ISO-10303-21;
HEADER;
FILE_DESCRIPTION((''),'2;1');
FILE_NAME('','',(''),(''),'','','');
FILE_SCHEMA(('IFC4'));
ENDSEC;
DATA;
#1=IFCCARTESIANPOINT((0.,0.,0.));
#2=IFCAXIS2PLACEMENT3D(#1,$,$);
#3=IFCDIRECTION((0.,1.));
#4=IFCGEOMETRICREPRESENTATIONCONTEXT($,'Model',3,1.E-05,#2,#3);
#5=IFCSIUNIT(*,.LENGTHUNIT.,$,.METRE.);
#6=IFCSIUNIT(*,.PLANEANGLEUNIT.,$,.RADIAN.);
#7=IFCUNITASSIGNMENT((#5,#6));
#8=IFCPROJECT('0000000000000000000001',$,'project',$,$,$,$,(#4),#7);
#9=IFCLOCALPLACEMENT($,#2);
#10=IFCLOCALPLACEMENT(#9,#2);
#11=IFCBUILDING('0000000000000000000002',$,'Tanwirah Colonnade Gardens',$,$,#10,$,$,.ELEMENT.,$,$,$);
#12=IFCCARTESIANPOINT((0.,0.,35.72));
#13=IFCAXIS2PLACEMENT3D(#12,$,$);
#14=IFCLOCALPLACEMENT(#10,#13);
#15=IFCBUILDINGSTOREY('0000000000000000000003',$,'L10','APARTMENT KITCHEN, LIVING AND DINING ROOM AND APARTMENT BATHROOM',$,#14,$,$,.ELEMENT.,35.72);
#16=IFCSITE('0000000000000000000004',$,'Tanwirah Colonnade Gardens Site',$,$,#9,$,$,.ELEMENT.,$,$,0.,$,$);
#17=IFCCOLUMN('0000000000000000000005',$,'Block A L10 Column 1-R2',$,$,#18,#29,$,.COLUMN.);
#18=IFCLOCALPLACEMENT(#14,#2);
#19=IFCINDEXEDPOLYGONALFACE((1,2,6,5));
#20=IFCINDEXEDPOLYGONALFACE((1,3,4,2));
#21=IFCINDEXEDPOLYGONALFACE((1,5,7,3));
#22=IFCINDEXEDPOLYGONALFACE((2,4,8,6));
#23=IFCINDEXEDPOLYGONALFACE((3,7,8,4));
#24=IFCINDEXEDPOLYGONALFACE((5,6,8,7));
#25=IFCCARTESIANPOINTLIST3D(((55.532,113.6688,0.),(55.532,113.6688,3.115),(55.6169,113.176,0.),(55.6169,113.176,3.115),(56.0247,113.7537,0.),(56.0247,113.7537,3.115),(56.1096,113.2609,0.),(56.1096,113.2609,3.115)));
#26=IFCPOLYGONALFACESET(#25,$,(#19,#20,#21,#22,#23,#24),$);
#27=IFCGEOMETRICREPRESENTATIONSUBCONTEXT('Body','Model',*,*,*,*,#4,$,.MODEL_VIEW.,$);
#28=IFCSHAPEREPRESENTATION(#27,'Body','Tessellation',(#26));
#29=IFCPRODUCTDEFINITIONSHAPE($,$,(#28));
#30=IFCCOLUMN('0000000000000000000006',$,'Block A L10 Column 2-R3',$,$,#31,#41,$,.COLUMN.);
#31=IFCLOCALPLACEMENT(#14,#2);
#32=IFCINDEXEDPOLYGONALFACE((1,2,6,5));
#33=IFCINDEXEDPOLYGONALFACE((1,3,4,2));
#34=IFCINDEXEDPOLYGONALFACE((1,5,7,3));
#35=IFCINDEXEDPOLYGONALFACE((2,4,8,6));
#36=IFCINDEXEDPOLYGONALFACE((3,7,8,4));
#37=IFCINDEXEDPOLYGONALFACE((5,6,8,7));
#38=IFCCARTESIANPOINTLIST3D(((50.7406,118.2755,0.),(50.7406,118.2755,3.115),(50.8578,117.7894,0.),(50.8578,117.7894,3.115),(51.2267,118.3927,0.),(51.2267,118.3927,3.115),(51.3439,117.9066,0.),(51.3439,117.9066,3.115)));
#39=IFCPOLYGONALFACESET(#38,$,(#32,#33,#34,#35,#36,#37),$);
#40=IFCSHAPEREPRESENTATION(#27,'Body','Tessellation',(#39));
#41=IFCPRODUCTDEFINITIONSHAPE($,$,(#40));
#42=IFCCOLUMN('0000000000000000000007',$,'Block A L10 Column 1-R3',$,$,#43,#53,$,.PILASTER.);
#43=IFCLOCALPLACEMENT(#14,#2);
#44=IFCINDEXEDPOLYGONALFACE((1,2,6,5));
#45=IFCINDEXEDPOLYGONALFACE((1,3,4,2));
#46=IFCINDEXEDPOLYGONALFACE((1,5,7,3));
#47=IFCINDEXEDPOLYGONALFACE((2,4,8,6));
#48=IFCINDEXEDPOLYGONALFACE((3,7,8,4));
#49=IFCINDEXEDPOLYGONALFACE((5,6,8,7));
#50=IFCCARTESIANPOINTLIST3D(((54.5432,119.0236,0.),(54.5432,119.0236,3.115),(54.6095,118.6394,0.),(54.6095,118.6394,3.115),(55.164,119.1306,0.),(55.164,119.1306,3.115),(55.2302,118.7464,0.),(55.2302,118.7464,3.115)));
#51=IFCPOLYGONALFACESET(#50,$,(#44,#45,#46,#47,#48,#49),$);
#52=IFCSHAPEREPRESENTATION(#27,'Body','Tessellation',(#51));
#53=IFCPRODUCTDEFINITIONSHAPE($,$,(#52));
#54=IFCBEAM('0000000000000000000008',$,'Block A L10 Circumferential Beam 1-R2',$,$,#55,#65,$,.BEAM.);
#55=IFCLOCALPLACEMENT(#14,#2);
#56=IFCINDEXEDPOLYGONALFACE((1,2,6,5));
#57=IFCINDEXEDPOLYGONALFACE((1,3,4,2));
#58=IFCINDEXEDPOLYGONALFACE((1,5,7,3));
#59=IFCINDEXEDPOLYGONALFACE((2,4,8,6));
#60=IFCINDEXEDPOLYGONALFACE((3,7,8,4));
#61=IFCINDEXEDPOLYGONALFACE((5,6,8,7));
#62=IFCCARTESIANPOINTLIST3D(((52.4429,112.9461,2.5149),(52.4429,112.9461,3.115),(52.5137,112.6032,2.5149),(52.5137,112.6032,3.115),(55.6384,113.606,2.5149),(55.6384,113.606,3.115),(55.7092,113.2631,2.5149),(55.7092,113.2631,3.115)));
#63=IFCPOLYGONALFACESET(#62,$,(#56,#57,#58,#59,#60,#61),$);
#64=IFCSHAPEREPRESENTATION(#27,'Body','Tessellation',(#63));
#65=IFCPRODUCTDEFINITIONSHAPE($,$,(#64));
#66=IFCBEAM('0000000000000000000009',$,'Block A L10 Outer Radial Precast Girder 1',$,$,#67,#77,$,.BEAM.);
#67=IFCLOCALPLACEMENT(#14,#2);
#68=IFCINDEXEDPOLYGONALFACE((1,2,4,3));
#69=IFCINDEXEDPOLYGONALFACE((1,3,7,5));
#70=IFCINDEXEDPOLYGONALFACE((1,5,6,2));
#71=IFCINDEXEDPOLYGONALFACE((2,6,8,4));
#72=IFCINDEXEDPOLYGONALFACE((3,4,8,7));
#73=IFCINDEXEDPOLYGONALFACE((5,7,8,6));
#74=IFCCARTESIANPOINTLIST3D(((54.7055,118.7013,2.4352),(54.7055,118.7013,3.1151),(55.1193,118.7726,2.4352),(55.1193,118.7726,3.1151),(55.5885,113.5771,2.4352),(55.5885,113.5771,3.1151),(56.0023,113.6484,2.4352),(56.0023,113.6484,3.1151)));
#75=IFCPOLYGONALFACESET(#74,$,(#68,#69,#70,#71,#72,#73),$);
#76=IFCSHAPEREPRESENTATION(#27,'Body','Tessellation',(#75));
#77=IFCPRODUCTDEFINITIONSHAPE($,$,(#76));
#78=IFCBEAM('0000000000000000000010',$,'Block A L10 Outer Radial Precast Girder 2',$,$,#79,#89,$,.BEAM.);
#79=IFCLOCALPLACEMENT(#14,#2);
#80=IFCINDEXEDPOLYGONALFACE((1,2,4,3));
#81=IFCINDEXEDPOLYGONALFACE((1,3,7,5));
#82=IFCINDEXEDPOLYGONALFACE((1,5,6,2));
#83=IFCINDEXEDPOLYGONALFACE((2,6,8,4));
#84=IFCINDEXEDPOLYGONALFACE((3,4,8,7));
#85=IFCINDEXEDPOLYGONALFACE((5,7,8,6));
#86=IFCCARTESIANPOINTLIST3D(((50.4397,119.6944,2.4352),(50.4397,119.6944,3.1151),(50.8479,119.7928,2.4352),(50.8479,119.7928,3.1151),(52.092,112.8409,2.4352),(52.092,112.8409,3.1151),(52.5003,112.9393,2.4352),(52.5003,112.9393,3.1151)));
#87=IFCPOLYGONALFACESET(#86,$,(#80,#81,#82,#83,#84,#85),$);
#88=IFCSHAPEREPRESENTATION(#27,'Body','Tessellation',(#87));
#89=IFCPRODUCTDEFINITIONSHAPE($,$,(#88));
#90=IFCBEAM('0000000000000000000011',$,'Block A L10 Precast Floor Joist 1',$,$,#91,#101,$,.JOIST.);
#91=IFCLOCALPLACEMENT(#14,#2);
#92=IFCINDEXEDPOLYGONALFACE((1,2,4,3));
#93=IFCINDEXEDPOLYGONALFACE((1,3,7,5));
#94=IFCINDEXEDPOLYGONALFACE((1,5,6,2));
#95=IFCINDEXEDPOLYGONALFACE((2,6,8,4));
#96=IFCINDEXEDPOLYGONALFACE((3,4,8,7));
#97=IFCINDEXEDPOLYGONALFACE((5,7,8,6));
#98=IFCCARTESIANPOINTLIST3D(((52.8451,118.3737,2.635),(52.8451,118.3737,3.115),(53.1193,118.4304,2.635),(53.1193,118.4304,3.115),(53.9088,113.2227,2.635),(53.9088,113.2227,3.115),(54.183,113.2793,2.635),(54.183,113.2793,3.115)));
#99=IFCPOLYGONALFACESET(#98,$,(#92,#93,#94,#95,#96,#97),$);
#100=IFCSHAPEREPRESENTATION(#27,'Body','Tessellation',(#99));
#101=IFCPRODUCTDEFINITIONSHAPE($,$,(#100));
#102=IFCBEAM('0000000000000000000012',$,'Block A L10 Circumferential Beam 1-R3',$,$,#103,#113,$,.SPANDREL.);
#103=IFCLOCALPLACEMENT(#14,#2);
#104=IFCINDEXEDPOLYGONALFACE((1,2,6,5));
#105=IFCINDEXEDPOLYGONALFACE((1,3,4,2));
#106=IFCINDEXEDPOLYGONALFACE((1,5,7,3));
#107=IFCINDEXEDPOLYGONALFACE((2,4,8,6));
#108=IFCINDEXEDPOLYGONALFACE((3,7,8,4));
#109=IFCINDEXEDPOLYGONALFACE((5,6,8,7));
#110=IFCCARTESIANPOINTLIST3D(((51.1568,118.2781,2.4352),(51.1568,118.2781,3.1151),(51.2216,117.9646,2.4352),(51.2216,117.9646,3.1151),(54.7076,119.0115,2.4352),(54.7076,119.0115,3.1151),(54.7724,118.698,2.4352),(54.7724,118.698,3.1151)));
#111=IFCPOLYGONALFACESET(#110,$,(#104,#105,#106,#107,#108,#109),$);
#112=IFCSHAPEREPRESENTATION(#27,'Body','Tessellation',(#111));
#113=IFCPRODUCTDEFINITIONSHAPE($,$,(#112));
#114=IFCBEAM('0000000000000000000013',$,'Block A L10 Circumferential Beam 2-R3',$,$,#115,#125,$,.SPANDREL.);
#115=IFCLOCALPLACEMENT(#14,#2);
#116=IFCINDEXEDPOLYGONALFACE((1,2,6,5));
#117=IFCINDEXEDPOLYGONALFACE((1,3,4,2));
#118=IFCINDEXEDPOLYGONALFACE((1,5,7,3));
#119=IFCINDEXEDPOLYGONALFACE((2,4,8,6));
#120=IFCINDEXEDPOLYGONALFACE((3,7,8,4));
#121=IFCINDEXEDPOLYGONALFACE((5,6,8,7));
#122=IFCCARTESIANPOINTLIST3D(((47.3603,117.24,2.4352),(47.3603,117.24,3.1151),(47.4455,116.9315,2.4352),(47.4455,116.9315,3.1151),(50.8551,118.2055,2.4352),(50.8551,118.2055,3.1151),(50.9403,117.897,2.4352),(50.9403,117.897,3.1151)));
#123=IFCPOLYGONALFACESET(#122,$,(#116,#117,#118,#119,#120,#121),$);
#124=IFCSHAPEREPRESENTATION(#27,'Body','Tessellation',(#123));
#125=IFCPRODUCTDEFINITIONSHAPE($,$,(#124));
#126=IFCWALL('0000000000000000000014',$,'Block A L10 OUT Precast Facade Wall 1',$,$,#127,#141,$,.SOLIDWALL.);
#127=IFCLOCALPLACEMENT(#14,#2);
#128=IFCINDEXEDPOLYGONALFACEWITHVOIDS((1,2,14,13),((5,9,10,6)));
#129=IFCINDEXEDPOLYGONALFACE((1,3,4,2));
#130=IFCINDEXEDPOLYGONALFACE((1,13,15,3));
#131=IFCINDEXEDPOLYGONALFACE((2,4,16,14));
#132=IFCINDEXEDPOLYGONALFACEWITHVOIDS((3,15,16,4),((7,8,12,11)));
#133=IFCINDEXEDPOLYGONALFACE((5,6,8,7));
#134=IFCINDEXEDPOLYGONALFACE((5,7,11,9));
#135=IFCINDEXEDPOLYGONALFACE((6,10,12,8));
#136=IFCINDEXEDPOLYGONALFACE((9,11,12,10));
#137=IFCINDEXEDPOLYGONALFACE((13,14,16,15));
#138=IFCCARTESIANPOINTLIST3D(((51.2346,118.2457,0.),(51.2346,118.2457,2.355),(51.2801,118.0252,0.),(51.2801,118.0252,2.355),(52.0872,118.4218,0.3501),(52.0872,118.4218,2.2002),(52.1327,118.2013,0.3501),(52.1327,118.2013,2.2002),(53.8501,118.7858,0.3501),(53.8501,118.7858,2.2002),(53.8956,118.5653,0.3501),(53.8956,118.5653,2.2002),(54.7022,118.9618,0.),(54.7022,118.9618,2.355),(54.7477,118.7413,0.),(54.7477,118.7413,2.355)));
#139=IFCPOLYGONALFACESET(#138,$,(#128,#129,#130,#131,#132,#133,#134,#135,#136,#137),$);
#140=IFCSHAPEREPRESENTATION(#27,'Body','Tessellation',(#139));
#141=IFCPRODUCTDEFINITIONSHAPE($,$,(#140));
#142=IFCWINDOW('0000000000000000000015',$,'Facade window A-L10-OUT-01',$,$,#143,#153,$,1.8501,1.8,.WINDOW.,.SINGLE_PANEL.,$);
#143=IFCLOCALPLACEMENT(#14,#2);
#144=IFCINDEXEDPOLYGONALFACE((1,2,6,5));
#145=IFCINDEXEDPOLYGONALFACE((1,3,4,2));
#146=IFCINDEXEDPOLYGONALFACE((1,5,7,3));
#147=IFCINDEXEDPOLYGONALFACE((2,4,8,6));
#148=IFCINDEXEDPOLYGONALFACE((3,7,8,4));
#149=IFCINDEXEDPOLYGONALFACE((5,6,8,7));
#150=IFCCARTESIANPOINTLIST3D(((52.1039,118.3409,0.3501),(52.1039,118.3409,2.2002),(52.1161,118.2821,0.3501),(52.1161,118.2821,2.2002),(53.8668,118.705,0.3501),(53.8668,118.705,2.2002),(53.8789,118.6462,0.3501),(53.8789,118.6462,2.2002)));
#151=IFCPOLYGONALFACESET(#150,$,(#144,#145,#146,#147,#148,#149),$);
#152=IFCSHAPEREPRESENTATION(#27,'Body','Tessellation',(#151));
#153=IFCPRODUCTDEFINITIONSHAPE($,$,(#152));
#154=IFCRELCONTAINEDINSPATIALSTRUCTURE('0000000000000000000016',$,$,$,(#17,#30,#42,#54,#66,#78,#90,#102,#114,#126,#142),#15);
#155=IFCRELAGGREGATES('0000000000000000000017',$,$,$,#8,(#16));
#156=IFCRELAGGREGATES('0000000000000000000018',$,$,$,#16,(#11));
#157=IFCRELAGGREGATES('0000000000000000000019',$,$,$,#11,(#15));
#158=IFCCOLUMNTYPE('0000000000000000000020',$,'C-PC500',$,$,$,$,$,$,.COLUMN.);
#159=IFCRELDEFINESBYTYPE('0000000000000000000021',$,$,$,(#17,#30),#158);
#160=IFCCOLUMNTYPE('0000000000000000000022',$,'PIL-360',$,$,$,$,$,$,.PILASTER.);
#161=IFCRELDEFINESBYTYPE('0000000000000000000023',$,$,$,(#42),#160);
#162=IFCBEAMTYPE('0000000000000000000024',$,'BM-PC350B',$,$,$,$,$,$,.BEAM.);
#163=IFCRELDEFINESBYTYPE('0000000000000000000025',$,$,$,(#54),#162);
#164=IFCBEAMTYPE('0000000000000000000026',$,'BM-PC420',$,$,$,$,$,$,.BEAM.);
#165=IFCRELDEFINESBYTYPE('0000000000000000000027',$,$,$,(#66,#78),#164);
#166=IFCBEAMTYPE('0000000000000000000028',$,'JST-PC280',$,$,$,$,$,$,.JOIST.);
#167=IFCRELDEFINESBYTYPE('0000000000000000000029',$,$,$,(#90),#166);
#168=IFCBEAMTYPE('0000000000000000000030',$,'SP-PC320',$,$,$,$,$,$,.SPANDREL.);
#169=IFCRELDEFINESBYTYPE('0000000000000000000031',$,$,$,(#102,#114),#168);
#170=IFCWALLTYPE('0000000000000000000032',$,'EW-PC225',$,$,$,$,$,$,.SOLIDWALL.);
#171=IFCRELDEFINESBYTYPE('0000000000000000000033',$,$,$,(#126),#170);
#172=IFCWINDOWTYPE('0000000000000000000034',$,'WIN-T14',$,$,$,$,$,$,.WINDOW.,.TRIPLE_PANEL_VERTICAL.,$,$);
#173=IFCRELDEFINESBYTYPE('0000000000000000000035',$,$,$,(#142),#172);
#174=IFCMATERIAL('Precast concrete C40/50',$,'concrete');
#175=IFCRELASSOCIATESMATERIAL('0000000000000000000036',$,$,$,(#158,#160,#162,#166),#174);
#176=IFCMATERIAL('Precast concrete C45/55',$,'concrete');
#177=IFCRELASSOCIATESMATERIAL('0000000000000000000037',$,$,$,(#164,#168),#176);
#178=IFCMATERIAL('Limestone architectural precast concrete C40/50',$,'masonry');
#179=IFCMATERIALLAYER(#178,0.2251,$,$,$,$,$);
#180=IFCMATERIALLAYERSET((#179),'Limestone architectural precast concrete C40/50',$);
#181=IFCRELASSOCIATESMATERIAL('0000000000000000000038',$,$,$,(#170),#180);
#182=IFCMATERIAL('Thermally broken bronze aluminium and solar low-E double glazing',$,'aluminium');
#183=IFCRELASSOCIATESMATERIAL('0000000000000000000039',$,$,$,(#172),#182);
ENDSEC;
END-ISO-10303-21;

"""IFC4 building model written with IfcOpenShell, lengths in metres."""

from ifc_helpers import new_model, si_unit, direction, frame, frame_2d, origin, origin_2d, place, context, subcontext, project, spatial, rectangle, extrude, material, layer, layer_set, material_profile, profile_set, type_object, element, fill, save


model = new_model("IFC4")

# Units and contexts
model_context = context("Model", 3, precision=1e-05, world=origin(), true_north=direction((0.0, 1.0)))
body_context = subcontext(model_context, "Body", "Model", "MODEL_VIEW")
ifc_project = project(units=[si_unit("LENGTHUNIT", "METRE"), si_unit("PLANEANGLEUNIT", "RADIAN")], contexts=[model_context])

# Site, building, storey
site_placement = place(None, origin())
site = spatial("IfcSite", under=ifc_project, at=site_placement, Name="Tanwirah Colonnade Gardens Site", CompositionType="ELEMENT", RefElevation=0.0)
building_placement = place(site_placement, origin())
building = spatial("IfcBuilding", under=site, at=building_placement, Name="Tanwirah Colonnade Gardens", CompositionType="ELEMENT")
storey_placement = place(building_placement, frame((0.0, 0.0, 35.72)))
storey = spatial("IfcBuildingStorey", under=building, at=storey_placement, Name="L10", Description="APARTMENT KITCHEN, LIVING AND DINING ROOM AND APARTMENT BATHROOM", CompositionType="ELEMENT", Elevation=35.72)

# Columns
ifc_material_1 = material(Name="Precast concrete C40/50", Category="concrete")
ifc_material_profile_1 = material_profile(ifc_material_1, rectangle(XDim=0.5, YDim=0.5, at=origin_2d()), Name="PC-COL 500x500")
ifc_profile_set_1 = profile_set([ifc_material_profile_1], Name="Precast concrete C40/50")
column_type_1 = type_object("IfcColumnType", Name="C-PC500", PredefinedType="COLUMN", material=ifc_profile_set_1)
for number, where, z_axis, x_axis, name in (
    (1, (55.8208, 113.4648, 0.0), (0.0, 0.0, 1.0), (-0.169827, 0.985474, 0.0), "Block A L10 Column 1-R2"),
    (2, (51.0422, 118.0911, 0.0), (0.0, 0.0, 1.0), (-0.234388, 0.972143, 0.0), "Block A L10 Column 2-R3"),
):
    element("IfcColumn", number, at=place(storey_placement, frame(where, z_axis=z_axis, x_axis=x_axis)), inside=storey, type_object=column_type_1, Name=name, PredefinedType="COLUMN", context=body_context, shape_type="SweptSolid", body=[
        extrude(rectangle(XDim=0.5, YDim=0.5, at=origin_2d()), origin(), (0.0, 0.0, 1.0), 3.115),
    ])
ifc_material_profile_2 = material_profile(ifc_material_1, rectangle(XDim=0.3899, YDim=0.6299, at=origin_2d()), Name="PC-PIL 390x630")
ifc_profile_set_2 = profile_set([ifc_material_profile_2], Name="Precast concrete C40/50")
column_type_2 = type_object("IfcColumnType", Name="PIL-360", PredefinedType="PILASTER", material=ifc_profile_set_2)
column_placement = place(storey_placement, frame((54.8867, 118.885, 0.0), z_axis=(0.0, 0.0, 1.0), x_axis=(-0.169827, 0.985474, 0.0)))
element("IfcColumn", 3, at=column_placement, inside=storey, type_object=column_type_2, Name="Block A L10 Column 1-R3", PredefinedType="PILASTER", context=body_context, shape_type="SweptSolid", body=[
    extrude(rectangle(XDim=0.3899, YDim=0.6299, at=origin_2d()), origin(), (0.0, 0.0, 1.0), 3.115),
])

# Beams
ifc_material_profile_3 = material_profile(ifc_material_1, rectangle(XDim=0.3501, YDim=0.6001, at=origin_2d()), Name="PC-BM 350x600")
ifc_profile_set_3 = profile_set([ifc_material_profile_3], Name="Precast concrete C40/50")
beam_type_1 = type_object("IfcBeamType", Name="BM-PC350B", PredefinedType="BEAM", material=ifc_profile_set_3)
beam_1_placement = place(storey_placement, frame((55.6738, 113.4346, 2.8149), z_axis=(-0.979336, -0.202242, 0.0), x_axis=(0.202242, -0.979336, 0.0)))
element("IfcBeam", 4, at=beam_1_placement, inside=storey, type_object=beam_type_1, Name="Block A L10 Circumferential Beam 1-R2", PredefinedType="BEAM", context=body_context, shape_type="SweptSolid", body=[
    extrude(rectangle(XDim=0.3501, YDim=0.6001, at=origin_2d()), origin(), (0.0, 0.0, 1.0), 3.2629),
])
ifc_material_2 = material(Name="Precast concrete C45/55", Category="concrete")
ifc_material_profile_4 = material_profile(ifc_material_2, rectangle(XDim=0.4199, YDim=0.6799, at=origin_2d()), Name="PC-BM 420x680")
ifc_profile_set_4 = profile_set([ifc_material_profile_4], Name="Precast concrete C45/55")
beam_type_2 = type_object("IfcBeamType", Name="BM-PC420", PredefinedType="BEAM", material=ifc_profile_set_4)
beam_2_placement = place(storey_placement, frame((55.7954, 113.6128, 2.7751), z_axis=(-0.169825, 0.985474, 0.0), x_axis=(-0.985474, -0.169825, 0.0)))
element("IfcBeam", 5, at=beam_2_placement, inside=storey, type_object=beam_type_2, Name="Block A L10 Outer Radial Precast Girder 1", PredefinedType="BEAM", context=body_context, shape_type="SweptSolid", body=[
    extrude(rectangle(XDim=0.4199, YDim=0.6799, at=origin_2d()), origin(), (0.0, 0.0, 1.0), 5.1997),
])
beam_3_placement = place(storey_placement, frame((52.2961, 112.8901, 2.7751), z_axis=(-0.234379, 0.972145, 0.0), x_axis=(-0.972145, -0.234379, 0.0)))
element("IfcBeam", 6, at=beam_3_placement, inside=storey, type_object=beam_type_2, Name="Block A L10 Outer Radial Precast Girder 2", PredefinedType="BEAM", context=body_context, shape_type="SweptSolid", body=[
    extrude(rectangle(XDim=0.4199, YDim=0.6799, at=origin_2d()), origin(), (0.0, 0.0, 1.0), 7.0498),
])
ifc_material_profile_5 = material_profile(ifc_material_1, rectangle(XDim=0.28, YDim=0.48, at=origin_2d()), Name="PC-JST 280x480")
ifc_profile_set_5 = profile_set([ifc_material_profile_5], Name="Precast concrete C40/50")
beam_type_3 = type_object("IfcBeamType", Name="JST-PC280", PredefinedType="JOIST", material=ifc_profile_set_5)
beam_4_placement = place(storey_placement, frame((54.0459, 113.251, 2.875), z_axis=(-0.202236, 0.979337, 0.0), x_axis=(-0.979337, -0.202236, 0.0)))
element("IfcBeam", 7, at=beam_4_placement, inside=storey, type_object=beam_type_3, Name="Block A L10 Precast Floor Joist 1", PredefinedType="JOIST", context=body_context, shape_type="SweptSolid", body=[
    extrude(rectangle(XDim=0.28, YDim=0.48, at=origin_2d()), origin(), (0.0, 0.0, 1.0), 5.2598),
])
ifc_material_profile_6 = material_profile(ifc_material_2, rectangle(XDim=0.3201, YDim=0.6799, at=origin_2d()), Name="PC-SP 320x680")
ifc_profile_set_6 = profile_set([ifc_material_profile_6], Name="Precast concrete C45/55")
beam_type_4 = type_object("IfcBeamType", Name="SP-PC320", PredefinedType="SPANDREL", material=ifc_profile_set_6)
for number, where, z_axis, x_axis, name in (
    (8, (54.74, 118.8547, 2.7751), (-0.979329, -0.202276, 0.0), (0.202276, -0.979329, 0.0), "Block A L10 Circumferential Beam 1-R3"),
    (9, (50.8977, 118.0513, 2.7751), (-0.963888, -0.266307, 0.0), (0.266307, -0.963888, 0.0), "Block A L10 Circumferential Beam 2-R3"),
):
    element("IfcBeam", number, at=place(storey_placement, frame(where, z_axis=z_axis, x_axis=x_axis)), inside=storey, type_object=beam_type_4, Name=name, PredefinedType="SPANDREL", context=body_context, shape_type="SweptSolid", body=[
        extrude(rectangle(XDim=0.3201, YDim=0.6799, at=origin_2d()), origin(), (0.0, 0.0, 1.0), 3.6257),
    ])

# Wall, opening, window
ifc_material_3 = material(Name="Limestone architectural precast concrete C40/50", Category="masonry")
ifc_layer_1 = layer(ifc_material_3, 0.2251)
ifc_layer_set_1 = layer_set([ifc_layer_1], Name="Limestone architectural precast concrete C40/50")
wall_type_1 = type_object("IfcWallType", Name="EW-PC225", PredefinedType="SOLIDWALL", material=ifc_layer_set_1)
wall_1_placement = place(storey_placement, frame((54.7251, 118.8516, 0.0), z_axis=(0.0, 0.0, 1.0), x_axis=(-0.979336, -0.202238, 0.0)))
wall_1 = element("IfcWall", 10, at=wall_1_placement, inside=storey, type_object=wall_type_1, Name="Block A L10 OUT Precast Facade Wall 1", PredefinedType="SOLIDWALL", context=body_context, shape_type="SweptSolid", body=[
    extrude(rectangle(XDim=3.5408, YDim=0.2251, at=frame_2d((1.7705, 0.0))), origin(), (0.0, 0.0, 1.0), 2.355),
])
opening_1_placement = place(wall_1_placement, frame((0.8704, 0.0, 0.3501)))
opening_1 = element("IfcOpeningElement", 11, at=opening_1_placement, cuts=wall_1, PredefinedType="OPENING", context=body_context, shape_type="SweptSolid", body=[
    extrude(rectangle(XDim=1.8, YDim=1.8501, at=frame_2d((0.8999, 0.925))), frame((0.0, 0.1226, 0.0), z_axis=(0.0, -1.0, 0.0), x_axis=(1.0, 0.0, 0.0)), (0.0, 0.0, 1.0), 0.2451),
])
ifc_material_4 = material(Name="Thermally broken bronze aluminium and solar low-E double glazing", Category="aluminium")
window_type_1 = type_object("IfcWindowType", Name="WIN-T14", PartitioningType="TRIPLE_PANEL_VERTICAL", PredefinedType="WINDOW", material=ifc_material_4)
window_1_placement = place(opening_1_placement, origin())
window_1 = element("IfcWindow", 12, at=window_1_placement, inside=storey, type_object=window_type_1, Name="Facade window A-L10-OUT-01", OverallHeight=1.8501, OverallWidth=1.8, PartitioningType="SINGLE_PANEL", PredefinedType="WINDOW", context=body_context, shape_type="SweptSolid", body=[
    extrude(rectangle(XDim=1.8, YDim=1.8501, at=frame_2d((0.8999, 0.925))), frame((0.0, 0.03, 0.0), z_axis=(0.0, -1.0, 0.0), x_axis=(1.0, 0.0, 0.0)), (0.0, 0.0, 1.0), 0.0601),
])
fill(opening_1, window_1)

save(model, "model.ifc")
